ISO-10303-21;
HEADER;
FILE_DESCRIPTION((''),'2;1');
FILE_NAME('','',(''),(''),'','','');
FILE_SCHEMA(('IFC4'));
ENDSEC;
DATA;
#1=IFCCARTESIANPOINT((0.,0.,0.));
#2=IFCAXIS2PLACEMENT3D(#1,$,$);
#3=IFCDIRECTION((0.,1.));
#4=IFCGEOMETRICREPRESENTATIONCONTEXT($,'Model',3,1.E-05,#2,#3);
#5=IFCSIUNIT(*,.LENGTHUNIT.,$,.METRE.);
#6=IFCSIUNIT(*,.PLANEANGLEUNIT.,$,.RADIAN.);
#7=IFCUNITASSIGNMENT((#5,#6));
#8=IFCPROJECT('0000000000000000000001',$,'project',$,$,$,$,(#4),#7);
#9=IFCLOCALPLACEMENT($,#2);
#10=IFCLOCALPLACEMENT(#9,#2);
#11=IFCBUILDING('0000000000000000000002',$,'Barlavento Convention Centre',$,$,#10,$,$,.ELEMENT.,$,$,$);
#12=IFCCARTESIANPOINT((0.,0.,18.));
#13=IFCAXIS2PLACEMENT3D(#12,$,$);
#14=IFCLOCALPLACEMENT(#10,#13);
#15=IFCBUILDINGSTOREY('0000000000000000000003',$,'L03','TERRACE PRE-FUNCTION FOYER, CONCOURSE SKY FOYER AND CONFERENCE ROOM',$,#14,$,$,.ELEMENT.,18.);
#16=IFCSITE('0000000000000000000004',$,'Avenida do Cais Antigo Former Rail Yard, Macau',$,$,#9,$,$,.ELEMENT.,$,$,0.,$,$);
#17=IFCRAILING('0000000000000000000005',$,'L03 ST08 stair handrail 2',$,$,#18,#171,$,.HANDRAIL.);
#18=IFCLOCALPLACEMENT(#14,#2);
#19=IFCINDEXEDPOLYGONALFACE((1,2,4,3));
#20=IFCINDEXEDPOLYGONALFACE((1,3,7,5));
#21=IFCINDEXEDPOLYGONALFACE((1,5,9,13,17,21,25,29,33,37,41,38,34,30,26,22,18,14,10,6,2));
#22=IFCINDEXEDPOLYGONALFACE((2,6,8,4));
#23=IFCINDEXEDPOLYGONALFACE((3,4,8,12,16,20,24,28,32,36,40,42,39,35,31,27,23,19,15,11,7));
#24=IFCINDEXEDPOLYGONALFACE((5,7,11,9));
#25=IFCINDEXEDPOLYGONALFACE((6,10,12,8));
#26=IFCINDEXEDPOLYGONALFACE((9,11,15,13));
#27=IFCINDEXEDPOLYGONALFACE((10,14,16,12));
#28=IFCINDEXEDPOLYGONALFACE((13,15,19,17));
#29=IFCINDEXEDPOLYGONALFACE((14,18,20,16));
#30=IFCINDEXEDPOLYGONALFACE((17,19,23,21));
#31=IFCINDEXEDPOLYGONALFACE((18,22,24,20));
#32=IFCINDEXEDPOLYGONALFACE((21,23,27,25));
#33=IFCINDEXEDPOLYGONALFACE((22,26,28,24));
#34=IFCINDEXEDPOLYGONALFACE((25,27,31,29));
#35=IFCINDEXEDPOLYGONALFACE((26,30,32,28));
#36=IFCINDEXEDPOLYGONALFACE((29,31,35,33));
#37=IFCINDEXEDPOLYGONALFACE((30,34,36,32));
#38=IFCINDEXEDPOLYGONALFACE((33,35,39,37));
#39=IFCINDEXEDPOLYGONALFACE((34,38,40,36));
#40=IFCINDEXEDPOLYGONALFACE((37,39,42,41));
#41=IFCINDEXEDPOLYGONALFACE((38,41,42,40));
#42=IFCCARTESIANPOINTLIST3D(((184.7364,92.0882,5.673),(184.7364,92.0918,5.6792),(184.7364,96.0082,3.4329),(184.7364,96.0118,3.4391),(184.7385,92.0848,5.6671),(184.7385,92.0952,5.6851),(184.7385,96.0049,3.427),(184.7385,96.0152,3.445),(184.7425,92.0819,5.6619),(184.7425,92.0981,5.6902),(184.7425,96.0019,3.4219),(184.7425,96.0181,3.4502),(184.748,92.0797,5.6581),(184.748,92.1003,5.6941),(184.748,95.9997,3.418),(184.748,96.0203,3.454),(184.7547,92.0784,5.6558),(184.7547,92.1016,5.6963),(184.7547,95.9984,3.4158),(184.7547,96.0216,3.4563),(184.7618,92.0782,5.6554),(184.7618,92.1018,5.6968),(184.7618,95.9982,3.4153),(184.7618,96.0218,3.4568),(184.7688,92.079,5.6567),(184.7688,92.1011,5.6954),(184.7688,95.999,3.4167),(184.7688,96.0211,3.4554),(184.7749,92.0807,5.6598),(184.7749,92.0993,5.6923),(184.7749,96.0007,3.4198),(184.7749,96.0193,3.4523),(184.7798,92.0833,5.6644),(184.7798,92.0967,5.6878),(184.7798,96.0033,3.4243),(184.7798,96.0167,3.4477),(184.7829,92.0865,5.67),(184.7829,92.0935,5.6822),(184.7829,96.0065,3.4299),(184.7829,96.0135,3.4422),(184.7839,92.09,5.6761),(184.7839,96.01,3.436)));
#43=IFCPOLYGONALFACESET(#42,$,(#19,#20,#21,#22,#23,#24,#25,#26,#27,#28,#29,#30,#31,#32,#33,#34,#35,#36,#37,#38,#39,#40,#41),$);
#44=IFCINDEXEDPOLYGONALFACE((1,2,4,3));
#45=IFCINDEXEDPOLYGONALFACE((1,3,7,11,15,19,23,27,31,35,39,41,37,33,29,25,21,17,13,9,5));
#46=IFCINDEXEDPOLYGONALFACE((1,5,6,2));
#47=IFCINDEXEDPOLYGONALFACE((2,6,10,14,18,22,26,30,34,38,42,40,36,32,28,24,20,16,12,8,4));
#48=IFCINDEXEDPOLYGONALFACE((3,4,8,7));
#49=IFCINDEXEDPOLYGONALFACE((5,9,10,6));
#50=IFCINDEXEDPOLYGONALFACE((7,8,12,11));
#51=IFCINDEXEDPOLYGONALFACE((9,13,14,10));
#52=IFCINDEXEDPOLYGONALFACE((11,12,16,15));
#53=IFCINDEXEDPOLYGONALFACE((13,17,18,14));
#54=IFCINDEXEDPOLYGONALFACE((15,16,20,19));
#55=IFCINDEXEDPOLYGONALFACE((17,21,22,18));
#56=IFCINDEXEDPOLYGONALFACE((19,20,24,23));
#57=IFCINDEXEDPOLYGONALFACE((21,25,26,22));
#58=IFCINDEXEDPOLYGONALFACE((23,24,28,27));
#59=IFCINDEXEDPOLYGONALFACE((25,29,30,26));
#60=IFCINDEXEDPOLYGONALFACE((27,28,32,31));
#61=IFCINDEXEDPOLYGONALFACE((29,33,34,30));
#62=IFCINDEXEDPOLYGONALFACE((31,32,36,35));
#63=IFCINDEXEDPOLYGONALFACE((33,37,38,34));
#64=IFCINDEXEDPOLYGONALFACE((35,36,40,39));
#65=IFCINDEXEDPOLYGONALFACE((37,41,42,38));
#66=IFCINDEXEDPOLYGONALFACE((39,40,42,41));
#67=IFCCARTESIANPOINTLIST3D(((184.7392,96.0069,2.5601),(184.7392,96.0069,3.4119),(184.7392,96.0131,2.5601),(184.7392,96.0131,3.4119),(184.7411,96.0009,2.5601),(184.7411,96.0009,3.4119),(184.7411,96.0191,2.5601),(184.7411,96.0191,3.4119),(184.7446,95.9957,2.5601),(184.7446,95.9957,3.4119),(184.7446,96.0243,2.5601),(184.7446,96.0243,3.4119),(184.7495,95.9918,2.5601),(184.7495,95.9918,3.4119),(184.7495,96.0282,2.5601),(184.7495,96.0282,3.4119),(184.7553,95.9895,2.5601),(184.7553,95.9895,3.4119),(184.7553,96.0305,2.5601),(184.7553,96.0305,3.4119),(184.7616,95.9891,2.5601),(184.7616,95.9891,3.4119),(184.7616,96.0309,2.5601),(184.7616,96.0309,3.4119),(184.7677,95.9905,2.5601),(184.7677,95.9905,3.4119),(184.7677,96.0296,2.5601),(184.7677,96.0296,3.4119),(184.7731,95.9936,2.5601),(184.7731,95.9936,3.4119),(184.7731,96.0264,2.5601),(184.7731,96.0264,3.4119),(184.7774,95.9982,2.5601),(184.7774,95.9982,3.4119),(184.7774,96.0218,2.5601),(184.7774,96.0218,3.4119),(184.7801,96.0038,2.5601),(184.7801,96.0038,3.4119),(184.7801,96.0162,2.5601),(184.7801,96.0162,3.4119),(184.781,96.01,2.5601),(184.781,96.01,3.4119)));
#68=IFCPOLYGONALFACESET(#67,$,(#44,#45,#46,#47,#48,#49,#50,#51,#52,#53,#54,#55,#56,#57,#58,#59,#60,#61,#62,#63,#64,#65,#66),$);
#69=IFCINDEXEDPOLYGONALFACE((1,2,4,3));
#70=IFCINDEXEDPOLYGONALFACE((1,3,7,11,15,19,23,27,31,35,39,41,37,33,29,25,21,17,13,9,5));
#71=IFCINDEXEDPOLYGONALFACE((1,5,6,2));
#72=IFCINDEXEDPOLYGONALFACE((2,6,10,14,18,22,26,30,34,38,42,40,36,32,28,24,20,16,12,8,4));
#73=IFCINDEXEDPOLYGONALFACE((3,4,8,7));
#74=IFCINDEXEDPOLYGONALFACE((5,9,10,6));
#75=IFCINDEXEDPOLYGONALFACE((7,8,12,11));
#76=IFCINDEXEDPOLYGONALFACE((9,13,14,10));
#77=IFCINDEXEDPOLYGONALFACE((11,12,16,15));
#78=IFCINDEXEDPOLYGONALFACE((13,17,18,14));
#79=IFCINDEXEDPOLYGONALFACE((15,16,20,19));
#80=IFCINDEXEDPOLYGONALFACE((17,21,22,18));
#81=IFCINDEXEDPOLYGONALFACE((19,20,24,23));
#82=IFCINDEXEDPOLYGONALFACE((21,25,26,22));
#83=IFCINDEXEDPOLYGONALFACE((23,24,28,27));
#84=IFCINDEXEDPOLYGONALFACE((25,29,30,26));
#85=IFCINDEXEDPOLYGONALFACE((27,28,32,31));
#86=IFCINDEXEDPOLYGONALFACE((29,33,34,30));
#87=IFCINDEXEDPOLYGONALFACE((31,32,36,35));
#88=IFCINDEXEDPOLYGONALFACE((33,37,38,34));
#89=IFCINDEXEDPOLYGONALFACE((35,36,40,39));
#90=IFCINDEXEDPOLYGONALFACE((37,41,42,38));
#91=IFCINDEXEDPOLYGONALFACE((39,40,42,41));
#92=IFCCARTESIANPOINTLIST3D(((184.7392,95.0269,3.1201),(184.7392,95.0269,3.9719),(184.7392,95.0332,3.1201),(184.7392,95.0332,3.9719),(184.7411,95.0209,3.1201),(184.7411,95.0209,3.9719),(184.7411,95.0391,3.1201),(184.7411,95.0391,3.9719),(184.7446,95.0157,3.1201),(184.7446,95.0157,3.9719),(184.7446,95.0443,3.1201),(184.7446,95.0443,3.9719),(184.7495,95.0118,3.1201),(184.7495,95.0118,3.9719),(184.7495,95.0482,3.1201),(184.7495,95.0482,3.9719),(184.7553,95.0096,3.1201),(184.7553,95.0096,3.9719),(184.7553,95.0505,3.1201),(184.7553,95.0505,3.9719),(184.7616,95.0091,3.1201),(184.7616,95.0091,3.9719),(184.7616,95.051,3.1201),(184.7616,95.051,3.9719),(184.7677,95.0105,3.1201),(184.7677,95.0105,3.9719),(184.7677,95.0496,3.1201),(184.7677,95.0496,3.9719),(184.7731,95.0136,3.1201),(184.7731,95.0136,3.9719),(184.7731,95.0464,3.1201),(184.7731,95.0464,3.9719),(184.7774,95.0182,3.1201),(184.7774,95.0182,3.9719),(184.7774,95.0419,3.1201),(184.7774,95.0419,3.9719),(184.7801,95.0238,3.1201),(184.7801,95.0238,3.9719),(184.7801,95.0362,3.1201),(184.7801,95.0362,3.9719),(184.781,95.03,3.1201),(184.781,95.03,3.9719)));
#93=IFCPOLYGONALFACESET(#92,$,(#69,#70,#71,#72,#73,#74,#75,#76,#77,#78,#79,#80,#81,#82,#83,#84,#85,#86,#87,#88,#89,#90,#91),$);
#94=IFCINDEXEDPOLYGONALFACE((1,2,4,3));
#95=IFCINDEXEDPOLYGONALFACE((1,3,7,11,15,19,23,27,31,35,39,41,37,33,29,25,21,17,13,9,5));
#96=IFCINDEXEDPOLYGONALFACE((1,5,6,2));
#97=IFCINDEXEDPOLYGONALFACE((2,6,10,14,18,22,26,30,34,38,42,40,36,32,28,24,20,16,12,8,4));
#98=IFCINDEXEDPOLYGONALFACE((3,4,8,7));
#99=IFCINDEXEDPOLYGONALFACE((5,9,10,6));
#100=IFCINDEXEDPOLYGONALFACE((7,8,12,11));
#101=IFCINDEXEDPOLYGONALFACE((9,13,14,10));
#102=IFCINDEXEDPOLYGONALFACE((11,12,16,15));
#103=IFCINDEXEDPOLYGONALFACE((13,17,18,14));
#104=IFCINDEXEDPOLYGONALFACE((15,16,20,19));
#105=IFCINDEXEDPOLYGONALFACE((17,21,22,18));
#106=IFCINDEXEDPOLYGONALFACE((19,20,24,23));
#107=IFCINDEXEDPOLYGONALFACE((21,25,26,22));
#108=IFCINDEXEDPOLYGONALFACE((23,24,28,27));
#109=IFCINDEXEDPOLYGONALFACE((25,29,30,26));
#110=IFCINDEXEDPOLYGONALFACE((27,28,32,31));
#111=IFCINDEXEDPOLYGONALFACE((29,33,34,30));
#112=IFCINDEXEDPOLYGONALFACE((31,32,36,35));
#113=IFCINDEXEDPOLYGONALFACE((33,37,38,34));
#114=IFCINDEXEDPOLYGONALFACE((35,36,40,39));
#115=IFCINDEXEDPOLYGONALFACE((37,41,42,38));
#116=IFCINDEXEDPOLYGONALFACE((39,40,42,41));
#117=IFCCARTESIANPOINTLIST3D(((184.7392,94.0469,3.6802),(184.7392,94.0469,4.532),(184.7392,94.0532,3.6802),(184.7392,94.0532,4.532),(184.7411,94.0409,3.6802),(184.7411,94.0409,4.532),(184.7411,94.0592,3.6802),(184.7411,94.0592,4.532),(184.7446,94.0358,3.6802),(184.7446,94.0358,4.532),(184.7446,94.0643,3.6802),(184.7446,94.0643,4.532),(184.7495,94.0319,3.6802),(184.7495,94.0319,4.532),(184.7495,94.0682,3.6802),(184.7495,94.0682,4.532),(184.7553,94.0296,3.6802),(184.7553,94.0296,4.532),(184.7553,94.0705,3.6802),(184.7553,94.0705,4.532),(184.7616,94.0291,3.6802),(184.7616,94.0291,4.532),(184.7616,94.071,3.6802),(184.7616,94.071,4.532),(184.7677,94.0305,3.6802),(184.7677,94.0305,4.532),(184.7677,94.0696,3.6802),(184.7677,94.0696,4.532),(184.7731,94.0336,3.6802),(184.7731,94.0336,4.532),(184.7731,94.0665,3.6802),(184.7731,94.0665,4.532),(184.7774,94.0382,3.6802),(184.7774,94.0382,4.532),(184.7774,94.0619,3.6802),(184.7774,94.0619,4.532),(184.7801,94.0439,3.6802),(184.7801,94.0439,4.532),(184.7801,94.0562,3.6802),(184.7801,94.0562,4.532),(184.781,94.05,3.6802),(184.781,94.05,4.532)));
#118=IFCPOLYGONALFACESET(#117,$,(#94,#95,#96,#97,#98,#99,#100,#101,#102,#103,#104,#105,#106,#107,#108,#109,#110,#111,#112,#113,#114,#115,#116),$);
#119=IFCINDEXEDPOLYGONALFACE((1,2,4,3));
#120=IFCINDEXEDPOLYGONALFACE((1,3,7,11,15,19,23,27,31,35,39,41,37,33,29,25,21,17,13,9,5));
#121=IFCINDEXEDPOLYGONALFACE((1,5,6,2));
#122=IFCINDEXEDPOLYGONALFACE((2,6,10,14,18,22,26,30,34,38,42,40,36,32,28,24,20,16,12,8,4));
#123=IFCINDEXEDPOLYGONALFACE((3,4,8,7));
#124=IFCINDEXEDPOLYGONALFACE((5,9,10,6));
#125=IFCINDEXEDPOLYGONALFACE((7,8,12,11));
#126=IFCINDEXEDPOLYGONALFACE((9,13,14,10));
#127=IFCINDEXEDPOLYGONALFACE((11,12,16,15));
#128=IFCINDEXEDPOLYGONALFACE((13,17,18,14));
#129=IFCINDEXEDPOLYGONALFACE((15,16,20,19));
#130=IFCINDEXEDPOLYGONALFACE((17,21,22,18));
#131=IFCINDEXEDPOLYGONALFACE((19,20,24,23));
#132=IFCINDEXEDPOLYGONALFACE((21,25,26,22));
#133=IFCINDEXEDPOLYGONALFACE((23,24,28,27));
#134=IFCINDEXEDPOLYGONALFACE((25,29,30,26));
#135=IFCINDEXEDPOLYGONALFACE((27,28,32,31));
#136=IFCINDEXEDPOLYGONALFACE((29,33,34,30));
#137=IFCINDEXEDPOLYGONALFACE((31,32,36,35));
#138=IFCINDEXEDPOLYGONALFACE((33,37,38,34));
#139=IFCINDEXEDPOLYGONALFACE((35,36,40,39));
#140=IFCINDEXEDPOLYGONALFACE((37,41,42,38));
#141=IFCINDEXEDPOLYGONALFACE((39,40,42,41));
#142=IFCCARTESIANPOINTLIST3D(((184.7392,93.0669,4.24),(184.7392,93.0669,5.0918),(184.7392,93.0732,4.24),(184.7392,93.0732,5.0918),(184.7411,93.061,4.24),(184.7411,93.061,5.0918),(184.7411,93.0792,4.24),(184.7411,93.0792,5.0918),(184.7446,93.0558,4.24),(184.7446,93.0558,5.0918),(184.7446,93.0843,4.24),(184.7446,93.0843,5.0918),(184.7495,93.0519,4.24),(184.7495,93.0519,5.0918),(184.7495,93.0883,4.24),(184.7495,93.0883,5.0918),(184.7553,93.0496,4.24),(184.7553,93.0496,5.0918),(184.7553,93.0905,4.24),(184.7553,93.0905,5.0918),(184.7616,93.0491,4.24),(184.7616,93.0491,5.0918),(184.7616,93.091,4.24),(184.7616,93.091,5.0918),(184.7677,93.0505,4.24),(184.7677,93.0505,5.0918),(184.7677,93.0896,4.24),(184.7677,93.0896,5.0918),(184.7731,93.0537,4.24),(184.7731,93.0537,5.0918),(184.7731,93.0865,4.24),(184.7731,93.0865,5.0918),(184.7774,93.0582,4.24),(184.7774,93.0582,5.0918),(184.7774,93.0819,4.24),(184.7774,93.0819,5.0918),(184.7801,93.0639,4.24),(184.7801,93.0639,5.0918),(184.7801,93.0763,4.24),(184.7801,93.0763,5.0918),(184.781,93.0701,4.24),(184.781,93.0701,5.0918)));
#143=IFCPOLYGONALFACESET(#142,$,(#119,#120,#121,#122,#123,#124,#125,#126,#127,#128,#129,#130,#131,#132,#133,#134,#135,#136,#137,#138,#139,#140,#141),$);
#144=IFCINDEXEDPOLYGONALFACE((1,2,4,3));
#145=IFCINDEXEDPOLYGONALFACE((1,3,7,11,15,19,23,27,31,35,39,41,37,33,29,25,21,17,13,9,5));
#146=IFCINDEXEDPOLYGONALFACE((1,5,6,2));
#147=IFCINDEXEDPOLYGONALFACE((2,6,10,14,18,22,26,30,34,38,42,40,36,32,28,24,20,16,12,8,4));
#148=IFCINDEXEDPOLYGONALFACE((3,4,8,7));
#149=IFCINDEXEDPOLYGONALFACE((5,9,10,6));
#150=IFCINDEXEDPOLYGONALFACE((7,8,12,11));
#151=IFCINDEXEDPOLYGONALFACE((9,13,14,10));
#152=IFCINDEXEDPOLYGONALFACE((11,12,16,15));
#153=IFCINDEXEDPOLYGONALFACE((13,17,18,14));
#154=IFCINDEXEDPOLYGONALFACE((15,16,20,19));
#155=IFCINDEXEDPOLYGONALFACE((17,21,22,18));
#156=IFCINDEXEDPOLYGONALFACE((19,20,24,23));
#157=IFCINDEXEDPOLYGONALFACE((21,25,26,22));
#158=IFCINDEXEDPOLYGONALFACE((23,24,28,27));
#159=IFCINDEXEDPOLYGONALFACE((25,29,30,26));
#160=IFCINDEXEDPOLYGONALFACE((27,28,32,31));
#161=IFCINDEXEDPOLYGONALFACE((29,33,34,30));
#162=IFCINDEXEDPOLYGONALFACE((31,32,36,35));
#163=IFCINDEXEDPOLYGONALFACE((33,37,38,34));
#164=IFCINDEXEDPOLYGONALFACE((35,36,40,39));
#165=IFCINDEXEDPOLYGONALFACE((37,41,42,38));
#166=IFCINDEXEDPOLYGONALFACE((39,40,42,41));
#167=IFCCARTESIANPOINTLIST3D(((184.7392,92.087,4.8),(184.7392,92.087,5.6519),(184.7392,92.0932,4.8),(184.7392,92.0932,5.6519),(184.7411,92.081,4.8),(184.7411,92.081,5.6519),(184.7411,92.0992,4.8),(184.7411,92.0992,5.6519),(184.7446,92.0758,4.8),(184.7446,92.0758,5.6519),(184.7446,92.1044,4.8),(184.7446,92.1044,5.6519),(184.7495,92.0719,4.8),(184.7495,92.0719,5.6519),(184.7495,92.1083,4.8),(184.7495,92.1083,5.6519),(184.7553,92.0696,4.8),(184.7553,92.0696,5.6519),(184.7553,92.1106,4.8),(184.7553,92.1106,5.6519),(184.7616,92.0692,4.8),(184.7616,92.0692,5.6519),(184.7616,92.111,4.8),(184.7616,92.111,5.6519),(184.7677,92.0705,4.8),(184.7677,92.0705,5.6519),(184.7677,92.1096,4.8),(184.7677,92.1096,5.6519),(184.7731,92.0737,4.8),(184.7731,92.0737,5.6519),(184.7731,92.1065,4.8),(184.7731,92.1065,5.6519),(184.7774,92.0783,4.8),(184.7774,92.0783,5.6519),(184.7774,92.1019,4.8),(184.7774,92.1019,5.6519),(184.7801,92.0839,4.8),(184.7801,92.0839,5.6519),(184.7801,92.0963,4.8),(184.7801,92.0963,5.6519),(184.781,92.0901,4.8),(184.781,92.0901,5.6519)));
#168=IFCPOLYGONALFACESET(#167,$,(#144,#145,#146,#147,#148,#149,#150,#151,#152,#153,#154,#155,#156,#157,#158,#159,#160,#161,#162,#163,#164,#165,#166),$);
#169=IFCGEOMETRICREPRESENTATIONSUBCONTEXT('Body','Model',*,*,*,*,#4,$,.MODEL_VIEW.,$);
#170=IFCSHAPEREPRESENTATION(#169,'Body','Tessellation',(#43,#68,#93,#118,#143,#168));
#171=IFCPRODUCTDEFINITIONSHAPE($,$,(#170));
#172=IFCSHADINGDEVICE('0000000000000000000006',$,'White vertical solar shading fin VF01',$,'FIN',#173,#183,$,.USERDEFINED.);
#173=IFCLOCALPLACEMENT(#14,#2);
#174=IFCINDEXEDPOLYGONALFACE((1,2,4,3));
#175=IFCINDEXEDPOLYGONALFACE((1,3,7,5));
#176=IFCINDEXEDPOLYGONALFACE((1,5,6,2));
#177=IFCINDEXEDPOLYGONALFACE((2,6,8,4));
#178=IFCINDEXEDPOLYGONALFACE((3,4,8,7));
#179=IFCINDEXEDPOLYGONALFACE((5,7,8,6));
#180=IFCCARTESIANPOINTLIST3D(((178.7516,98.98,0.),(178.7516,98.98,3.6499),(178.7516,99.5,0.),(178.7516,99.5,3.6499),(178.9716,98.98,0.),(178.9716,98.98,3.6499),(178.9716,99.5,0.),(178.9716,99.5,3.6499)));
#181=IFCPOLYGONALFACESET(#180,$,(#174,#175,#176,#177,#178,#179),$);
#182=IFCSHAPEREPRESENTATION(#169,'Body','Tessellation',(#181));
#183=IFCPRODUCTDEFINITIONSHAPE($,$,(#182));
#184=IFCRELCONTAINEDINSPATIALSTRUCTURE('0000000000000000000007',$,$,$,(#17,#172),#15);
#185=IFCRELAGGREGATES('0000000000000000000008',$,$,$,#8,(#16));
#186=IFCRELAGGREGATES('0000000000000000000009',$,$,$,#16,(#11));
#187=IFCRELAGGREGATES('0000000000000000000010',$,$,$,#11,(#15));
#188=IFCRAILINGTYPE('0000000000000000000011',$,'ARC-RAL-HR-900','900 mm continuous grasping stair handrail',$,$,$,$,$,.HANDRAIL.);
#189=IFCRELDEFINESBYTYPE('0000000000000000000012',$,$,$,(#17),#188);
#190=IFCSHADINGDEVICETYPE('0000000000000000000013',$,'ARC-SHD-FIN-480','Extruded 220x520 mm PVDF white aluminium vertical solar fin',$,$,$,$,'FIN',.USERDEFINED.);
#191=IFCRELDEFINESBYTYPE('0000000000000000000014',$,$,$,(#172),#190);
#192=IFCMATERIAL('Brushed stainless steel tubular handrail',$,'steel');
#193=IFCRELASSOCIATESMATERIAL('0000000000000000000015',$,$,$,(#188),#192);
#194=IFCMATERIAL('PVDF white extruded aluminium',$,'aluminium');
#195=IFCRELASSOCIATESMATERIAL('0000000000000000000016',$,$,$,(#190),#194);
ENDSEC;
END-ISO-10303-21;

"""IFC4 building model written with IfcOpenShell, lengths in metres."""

from ifc_helpers import new_model, si_unit, direction, frame, origin, origin_2d, place, context, subcontext, project, spatial, rectangle, circle, extrude, material, type_object, element, save


model = new_model("IFC4")

# Units and contexts
model_context = context("Model", 3, precision=1e-05, world=origin(), true_north=direction((0.0, 1.0)))
body_context = subcontext(model_context, "Body", "Model", "MODEL_VIEW")
ifc_project = project(units=[si_unit("LENGTHUNIT", "METRE"), si_unit("PLANEANGLEUNIT", "RADIAN")], contexts=[model_context])

# Site, building, storey
site_placement = place(None, origin())
site = spatial("IfcSite", under=ifc_project, at=site_placement, Name="Avenida do Cais Antigo Former Rail Yard, Macau", CompositionType="ELEMENT", RefElevation=0.0)
building_placement = place(site_placement, origin())
building = spatial("IfcBuilding", under=site, at=building_placement, Name="Barlavento Convention Centre", CompositionType="ELEMENT")
storey_placement = place(building_placement, frame((0.0, 0.0, 18.0)))
storey = spatial("IfcBuildingStorey", under=building, at=storey_placement, Name="L03", Description="TERRACE PRE-FUNCTION FOYER, CONCOURSE SKY FOYER AND CONFERENCE ROOM", CompositionType="ELEMENT", Elevation=18.0)

# Railing
ifc_material_1 = material(Name="Brushed stainless steel tubular handrail", Category="steel")
railing_type_1 = type_object("IfcRailingType", Name="ARC-RAL-HR-900", Description="900 mm continuous grasping stair handrail", PredefinedType="HANDRAIL", material=ifc_material_1)
railing_1_placement = place(storey_placement, frame((184.76, 96.01, 2.5601)))
element("IfcRailing", 1, at=railing_1_placement, inside=storey, type_object=railing_type_1, Name="L03 ST08 stair handrail 2", PredefinedType="HANDRAIL", context=body_context, shape_type="SweptSolid", body=[
    extrude(circle(Radius=0.0239, at=origin_2d()), frame((0.0, 0.0, 0.876), z_axis=(0.0, -0.86824, 0.496145), x_axis=(1.0, 0.0, 0.0)), (0.0, 0.0, 1.0), 4.5149),
    extrude(circle(Radius=0.021, at=origin_2d()), origin(), (0.0, 0.0, 1.0), 0.8518),
    extrude(circle(Radius=0.021, at=origin_2d()), frame((0.0, -0.98, 0.5601)), (0.0, 0.0, 1.0), 0.8518),
    extrude(circle(Radius=0.021, at=origin_2d()), frame((0.0, -1.96, 1.1201)), (0.0, 0.0, 1.0), 0.8518),
    extrude(circle(Radius=0.021, at=origin_2d()), frame((0.0, -2.9399, 1.6799)), (0.0, 0.0, 1.0), 0.8518),
    extrude(circle(Radius=0.021, at=origin_2d()), frame((0.0, -3.9199, 2.24)), (0.0, 0.0, 1.0), 0.8518),
])

# Shading device
ifc_material_2 = material(Name="PVDF white extruded aluminium", Category="aluminium")
shading_device_type = type_object("IfcShadingDeviceType", Name="ARC-SHD-FIN-480", Description="Extruded 220x520 mm PVDF white aluminium vertical solar fin", ElementType="FIN", PredefinedType="USERDEFINED", material=ifc_material_2)
shading_device_placement = place(storey_placement, frame((178.8616, 99.24, 0.0), z_axis=(0.0, 0.0, 1.0), x_axis=(1.0, 0.0, 0.0)))
element("IfcShadingDevice", 2, at=shading_device_placement, inside=storey, type_object=shading_device_type, Name="White vertical solar shading fin VF01", ObjectType="FIN", PredefinedType="USERDEFINED", context=body_context, shape_type="SweptSolid", body=[
    extrude(rectangle(XDim=0.22, YDim=0.52, at=origin_2d()), origin(), (0.0, 0.0, 1.0), 3.6499),
])

save(model, "model.ifc")
